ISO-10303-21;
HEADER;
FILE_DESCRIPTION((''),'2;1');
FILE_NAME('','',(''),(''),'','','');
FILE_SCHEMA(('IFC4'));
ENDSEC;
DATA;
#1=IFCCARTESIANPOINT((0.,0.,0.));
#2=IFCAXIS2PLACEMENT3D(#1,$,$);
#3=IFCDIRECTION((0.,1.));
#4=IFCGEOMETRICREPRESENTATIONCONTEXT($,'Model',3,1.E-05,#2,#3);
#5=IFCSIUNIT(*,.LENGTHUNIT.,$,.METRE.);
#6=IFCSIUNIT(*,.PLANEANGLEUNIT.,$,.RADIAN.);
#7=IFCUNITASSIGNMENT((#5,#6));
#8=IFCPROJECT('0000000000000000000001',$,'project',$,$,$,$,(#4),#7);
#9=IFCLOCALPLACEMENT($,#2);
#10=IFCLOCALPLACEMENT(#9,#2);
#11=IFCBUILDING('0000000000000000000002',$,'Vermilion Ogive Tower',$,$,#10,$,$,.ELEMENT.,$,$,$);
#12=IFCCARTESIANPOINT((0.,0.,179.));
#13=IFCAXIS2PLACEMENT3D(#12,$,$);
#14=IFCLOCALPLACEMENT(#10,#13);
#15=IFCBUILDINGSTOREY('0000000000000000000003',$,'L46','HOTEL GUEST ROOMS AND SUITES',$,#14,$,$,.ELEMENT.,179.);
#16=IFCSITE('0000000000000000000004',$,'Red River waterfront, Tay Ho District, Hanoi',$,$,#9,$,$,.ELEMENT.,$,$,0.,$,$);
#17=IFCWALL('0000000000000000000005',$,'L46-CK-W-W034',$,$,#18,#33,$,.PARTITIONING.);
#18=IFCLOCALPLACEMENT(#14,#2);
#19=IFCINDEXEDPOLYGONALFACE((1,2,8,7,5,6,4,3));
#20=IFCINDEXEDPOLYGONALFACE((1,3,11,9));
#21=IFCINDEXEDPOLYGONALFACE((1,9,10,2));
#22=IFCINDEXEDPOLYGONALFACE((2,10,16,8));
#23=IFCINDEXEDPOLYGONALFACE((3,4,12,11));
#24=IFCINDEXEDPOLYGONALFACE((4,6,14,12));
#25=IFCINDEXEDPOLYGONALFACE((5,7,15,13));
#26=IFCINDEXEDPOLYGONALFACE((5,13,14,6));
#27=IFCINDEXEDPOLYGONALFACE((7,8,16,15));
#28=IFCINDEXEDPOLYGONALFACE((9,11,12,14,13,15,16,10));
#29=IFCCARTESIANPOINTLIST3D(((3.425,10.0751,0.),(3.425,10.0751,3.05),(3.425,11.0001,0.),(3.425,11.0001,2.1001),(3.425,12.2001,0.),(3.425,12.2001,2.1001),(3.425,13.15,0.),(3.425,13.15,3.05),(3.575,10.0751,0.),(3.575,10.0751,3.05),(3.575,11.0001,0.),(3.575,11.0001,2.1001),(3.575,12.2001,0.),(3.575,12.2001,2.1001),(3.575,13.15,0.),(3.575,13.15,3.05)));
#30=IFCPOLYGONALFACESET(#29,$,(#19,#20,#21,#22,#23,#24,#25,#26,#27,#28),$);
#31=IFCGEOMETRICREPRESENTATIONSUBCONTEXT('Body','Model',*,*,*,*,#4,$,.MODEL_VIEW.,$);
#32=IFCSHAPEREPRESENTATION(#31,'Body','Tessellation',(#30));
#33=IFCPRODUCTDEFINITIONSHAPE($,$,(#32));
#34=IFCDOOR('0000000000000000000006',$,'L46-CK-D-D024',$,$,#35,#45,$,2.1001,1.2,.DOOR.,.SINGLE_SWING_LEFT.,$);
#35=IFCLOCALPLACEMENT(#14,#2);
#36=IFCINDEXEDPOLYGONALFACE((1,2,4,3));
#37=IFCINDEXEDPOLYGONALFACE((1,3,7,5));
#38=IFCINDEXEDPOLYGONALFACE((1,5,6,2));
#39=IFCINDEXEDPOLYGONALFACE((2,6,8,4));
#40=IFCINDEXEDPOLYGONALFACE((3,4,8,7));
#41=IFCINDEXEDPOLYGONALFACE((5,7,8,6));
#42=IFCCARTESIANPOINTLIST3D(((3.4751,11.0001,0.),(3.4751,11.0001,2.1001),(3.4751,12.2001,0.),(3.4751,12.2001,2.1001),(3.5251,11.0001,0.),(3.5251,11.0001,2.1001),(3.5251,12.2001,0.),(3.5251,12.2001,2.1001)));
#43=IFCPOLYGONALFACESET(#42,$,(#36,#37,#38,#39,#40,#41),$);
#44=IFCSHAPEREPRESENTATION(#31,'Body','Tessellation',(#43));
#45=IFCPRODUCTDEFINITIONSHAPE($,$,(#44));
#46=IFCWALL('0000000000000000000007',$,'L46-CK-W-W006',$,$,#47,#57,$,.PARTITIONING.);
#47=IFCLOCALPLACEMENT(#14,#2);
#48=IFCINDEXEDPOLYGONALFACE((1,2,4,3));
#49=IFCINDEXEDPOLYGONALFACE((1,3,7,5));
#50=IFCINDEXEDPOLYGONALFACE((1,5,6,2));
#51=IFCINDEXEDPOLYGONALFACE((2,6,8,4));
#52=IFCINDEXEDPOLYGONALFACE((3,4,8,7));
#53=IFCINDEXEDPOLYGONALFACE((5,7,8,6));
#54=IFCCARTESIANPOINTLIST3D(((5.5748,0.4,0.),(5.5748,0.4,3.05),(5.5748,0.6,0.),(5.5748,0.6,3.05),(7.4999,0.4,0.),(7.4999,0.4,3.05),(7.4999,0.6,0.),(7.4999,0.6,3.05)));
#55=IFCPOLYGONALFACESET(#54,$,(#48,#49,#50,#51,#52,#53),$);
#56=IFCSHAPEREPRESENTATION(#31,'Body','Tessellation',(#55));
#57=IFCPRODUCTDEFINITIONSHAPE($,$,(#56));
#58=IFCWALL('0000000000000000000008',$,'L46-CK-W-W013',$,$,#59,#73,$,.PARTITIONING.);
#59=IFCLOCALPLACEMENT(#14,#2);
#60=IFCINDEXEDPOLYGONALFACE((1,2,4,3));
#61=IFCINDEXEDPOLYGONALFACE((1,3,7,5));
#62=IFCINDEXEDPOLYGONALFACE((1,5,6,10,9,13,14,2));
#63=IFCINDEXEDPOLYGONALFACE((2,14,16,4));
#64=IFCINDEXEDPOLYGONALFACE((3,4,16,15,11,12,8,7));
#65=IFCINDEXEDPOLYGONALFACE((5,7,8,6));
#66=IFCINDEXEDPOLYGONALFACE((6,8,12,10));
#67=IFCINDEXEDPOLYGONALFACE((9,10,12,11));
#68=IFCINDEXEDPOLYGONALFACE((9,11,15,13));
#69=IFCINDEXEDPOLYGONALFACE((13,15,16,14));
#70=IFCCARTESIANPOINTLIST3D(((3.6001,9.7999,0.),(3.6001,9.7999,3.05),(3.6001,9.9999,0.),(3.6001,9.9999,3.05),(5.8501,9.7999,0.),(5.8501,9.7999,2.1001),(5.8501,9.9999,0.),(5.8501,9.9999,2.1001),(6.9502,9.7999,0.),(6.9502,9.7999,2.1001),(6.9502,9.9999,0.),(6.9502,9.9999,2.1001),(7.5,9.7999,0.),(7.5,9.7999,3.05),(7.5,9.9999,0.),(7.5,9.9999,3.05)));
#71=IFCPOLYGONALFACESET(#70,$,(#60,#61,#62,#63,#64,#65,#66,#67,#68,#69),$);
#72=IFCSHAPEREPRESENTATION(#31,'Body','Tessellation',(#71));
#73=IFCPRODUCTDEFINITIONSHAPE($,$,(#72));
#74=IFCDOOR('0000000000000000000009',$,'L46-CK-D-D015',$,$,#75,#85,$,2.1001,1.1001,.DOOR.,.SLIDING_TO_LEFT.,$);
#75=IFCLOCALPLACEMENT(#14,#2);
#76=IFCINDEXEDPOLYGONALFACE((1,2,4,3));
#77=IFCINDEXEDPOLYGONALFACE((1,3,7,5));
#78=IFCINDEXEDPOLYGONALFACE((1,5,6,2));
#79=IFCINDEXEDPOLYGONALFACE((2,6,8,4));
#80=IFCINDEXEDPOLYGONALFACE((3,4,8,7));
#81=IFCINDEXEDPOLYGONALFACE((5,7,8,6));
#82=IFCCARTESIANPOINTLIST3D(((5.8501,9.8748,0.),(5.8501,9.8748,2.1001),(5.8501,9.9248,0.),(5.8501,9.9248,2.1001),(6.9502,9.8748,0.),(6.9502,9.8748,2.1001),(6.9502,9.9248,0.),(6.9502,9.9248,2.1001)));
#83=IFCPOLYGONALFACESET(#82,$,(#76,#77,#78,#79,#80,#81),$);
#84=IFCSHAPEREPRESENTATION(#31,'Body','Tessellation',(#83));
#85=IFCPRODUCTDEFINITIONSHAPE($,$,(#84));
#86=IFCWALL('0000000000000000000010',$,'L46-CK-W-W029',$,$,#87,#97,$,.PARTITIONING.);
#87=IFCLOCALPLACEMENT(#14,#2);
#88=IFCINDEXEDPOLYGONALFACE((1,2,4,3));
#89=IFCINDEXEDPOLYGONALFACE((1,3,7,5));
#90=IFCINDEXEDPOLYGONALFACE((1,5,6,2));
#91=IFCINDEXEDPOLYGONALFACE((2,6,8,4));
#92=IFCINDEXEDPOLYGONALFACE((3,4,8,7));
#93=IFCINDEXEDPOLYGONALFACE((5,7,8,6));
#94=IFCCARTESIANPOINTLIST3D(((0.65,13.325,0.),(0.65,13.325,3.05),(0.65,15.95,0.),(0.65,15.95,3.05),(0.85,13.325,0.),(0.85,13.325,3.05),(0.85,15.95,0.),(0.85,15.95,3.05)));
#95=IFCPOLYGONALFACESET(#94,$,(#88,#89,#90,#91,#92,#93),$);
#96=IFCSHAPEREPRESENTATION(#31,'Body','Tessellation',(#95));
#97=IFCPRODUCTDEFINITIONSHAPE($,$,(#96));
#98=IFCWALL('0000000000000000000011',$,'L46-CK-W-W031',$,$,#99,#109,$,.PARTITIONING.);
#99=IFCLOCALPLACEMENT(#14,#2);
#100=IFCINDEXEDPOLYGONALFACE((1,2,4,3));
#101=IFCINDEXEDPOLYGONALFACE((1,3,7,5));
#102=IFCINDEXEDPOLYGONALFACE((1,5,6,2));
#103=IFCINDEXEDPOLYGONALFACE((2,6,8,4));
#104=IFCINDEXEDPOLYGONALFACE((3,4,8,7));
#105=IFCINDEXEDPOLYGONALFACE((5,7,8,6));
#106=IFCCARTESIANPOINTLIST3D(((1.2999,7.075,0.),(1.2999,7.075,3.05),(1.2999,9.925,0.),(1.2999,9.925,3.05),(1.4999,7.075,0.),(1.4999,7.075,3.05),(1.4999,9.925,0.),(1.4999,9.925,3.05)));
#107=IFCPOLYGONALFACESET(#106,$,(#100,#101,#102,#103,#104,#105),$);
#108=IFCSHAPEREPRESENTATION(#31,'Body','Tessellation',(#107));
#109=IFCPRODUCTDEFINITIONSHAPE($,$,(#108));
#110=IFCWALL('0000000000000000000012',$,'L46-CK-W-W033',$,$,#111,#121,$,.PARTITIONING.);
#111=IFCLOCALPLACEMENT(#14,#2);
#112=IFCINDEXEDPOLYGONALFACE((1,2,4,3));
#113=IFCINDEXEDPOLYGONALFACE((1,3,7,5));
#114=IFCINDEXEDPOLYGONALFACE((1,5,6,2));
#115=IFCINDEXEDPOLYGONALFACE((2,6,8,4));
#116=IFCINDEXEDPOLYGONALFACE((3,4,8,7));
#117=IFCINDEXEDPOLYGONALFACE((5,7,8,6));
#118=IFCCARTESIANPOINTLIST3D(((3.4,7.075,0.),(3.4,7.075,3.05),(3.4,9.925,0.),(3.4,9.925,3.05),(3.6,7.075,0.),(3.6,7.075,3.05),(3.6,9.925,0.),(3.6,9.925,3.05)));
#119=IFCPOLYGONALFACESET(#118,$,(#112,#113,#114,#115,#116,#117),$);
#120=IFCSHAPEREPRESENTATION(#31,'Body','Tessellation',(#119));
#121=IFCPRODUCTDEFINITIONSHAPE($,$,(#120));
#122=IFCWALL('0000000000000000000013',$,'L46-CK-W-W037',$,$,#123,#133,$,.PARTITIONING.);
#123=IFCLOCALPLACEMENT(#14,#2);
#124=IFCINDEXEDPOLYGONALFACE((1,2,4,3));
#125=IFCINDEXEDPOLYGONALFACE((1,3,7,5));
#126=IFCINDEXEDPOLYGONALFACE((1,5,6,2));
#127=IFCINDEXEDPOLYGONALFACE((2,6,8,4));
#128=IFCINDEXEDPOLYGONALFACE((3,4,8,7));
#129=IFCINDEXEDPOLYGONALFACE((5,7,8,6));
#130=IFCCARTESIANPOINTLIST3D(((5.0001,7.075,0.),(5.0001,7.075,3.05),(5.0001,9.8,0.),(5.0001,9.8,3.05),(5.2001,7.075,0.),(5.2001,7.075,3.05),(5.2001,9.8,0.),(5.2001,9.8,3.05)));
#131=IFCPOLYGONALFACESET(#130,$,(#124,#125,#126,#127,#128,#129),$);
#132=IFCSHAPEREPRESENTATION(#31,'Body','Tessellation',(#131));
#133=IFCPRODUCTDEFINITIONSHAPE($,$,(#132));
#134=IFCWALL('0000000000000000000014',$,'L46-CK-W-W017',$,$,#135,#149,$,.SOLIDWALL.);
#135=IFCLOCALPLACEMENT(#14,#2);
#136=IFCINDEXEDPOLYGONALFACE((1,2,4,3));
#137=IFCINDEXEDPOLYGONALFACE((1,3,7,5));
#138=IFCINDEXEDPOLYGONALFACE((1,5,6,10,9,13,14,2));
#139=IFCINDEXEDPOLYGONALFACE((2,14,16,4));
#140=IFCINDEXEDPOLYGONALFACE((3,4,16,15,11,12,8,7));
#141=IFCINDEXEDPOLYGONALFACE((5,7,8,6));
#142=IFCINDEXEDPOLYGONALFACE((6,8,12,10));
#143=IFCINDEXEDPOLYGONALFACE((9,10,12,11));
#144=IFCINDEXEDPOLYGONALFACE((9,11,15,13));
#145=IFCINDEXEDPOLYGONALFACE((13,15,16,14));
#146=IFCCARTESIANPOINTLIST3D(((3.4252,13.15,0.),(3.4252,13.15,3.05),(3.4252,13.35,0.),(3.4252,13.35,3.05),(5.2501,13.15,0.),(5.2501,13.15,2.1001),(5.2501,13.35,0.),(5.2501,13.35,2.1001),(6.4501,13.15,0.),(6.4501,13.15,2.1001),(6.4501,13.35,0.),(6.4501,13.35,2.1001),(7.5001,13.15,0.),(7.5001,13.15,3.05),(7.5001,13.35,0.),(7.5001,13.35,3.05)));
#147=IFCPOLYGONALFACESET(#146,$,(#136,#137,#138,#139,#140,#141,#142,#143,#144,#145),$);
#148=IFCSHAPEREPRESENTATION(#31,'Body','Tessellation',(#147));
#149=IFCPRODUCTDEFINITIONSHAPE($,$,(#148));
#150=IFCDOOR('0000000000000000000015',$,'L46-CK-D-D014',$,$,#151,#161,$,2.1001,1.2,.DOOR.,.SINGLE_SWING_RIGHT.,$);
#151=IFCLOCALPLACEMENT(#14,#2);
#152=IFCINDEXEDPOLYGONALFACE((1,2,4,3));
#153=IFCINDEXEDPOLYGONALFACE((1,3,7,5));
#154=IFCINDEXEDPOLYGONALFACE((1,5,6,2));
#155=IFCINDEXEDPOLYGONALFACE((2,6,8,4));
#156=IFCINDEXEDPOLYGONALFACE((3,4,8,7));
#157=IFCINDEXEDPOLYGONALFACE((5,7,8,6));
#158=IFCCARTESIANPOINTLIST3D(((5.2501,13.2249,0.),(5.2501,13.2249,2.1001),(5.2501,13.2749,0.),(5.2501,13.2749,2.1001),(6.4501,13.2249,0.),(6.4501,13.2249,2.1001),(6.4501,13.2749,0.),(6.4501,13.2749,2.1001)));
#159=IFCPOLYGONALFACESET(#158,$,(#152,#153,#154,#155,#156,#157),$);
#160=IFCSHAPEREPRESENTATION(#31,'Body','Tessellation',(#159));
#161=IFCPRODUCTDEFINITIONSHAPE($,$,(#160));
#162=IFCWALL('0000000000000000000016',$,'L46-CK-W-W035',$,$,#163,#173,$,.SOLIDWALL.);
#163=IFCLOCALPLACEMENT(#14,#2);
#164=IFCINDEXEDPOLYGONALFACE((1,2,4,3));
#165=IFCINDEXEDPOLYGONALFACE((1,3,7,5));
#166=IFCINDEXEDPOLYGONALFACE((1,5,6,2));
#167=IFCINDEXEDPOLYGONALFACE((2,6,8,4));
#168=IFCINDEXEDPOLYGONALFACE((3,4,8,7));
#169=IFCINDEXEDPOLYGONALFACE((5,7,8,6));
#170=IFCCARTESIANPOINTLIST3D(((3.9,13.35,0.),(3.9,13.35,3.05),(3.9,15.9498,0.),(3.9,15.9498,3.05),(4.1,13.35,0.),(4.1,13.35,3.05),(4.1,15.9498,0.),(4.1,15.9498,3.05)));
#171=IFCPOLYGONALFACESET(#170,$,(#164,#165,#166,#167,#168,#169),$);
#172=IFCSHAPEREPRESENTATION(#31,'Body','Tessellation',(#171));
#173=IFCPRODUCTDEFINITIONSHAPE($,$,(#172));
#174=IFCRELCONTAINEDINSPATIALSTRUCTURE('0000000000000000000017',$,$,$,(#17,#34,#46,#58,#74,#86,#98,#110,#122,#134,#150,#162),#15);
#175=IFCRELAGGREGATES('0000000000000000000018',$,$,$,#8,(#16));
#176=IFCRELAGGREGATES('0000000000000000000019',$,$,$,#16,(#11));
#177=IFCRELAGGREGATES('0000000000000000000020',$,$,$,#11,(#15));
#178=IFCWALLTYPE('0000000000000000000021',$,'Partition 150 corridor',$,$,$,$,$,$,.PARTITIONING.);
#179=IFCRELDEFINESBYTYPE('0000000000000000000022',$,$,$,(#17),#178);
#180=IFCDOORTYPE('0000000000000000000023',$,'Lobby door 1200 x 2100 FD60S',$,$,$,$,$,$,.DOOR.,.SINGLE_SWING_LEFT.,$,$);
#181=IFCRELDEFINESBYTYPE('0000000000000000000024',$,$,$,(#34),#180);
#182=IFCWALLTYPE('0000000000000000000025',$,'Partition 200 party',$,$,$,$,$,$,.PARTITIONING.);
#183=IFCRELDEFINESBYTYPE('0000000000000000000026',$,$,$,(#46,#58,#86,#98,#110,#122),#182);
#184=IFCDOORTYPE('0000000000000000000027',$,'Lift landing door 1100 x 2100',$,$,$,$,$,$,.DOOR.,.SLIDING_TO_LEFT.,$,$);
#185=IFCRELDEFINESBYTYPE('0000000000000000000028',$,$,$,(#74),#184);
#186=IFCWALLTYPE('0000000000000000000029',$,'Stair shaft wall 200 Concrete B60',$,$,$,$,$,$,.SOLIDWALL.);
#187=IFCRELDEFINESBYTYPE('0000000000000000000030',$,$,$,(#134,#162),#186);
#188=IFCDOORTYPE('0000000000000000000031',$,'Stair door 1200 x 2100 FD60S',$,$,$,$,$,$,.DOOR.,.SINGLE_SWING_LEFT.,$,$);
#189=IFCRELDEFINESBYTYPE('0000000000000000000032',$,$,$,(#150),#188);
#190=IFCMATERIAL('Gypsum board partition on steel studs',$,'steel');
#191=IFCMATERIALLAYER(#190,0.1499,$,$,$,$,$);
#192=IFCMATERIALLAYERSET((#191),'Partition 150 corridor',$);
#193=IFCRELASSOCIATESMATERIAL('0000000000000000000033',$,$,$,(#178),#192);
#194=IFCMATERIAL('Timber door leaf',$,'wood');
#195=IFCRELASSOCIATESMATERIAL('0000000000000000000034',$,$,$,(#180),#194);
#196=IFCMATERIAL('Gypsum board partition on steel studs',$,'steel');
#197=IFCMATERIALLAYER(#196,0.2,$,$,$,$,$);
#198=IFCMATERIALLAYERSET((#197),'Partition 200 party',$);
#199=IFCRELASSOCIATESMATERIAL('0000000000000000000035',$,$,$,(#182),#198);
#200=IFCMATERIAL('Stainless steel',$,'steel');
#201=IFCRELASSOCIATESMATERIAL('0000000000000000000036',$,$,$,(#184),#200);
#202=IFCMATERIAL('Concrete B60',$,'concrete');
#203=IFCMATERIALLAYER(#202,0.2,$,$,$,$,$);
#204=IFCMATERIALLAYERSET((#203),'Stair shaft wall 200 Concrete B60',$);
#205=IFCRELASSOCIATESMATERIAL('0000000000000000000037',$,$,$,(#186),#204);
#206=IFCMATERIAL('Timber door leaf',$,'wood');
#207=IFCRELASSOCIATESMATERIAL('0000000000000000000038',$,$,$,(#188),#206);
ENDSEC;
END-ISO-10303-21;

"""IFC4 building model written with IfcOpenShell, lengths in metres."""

from ifc_helpers import new_model, si_unit, direction, frame, frame_2d, origin, place, context, subcontext, project, spatial, rectangle, extrude, material, layer, layer_set, type_object, element, fill, save


model = new_model("IFC4")

# Units and contexts
model_context = context("Model", 3, precision=1e-05, world=origin(), true_north=direction((0.0, 1.0)))
body_context = subcontext(model_context, "Body", "Model", "MODEL_VIEW")
ifc_project = project(units=[si_unit("LENGTHUNIT", "METRE"), si_unit("PLANEANGLEUNIT", "RADIAN")], contexts=[model_context])

# Site, building, storey
site_placement = place(None, origin())
site = spatial("IfcSite", under=ifc_project, at=site_placement, Name="Red River waterfront, Tay Ho District, Hanoi", CompositionType="ELEMENT", RefElevation=0.0)
building_placement = place(site_placement, origin())
building = spatial("IfcBuilding", under=site, at=building_placement, Name="Vermilion Ogive Tower", CompositionType="ELEMENT")
storey_placement = place(building_placement, frame((0.0, 0.0, 179.0)))
storey = spatial("IfcBuildingStorey", under=building, at=storey_placement, Name="L46", Description="HOTEL GUEST ROOMS AND SUITES", CompositionType="ELEMENT", Elevation=179.0)

# Shared definitions
ifc_material_1 = material(Name="Gypsum board partition on steel studs", Category="steel")
ifc_layer_1 = layer(ifc_material_1, 0.1499)
ifc_layer_set_1 = layer_set([ifc_layer_1], Name="Partition 150 corridor")
wall_type_1 = type_object("IfcWallType", Name="Partition 150 corridor", PredefinedType="PARTITIONING", material=ifc_layer_set_1)

# Wall, opening, door
wall_1_placement = place(storey_placement, frame((3.5, 10.075, 0.0), z_axis=(0.0, 0.0, 1.0), x_axis=(0.0, 1.0, 0.0)))
wall_1 = element("IfcWall", 1, at=wall_1_placement, inside=storey, type_object=wall_type_1, Name="L46-CK-W-W034", PredefinedType="PARTITIONING", context=body_context, shape_type="SweptSolid", body=[
    extrude(rectangle(XDim=3.075, YDim=0.1499, at=frame_2d((1.5376, 0.0))), origin(), (0.0, 0.0, 1.0), 3.05),
])
opening_1_placement = place(wall_1_placement, frame((0.925, 0.0, 0.0)))
opening_1 = element("IfcOpeningElement", 2, at=opening_1_placement, cuts=wall_1, PredefinedType="OPENING", context=body_context, shape_type="SweptSolid", body=[
    extrude(rectangle(XDim=1.2, YDim=2.1001, at=frame_2d((0.6001, 1.05))), frame((0.0, 0.085, 0.0), z_axis=(0.0, -1.0, 0.0), x_axis=(1.0, 0.0, 0.0)), (0.0, 0.0, 1.0), 0.1699),
])
ifc_material_2 = material(Name="Timber door leaf", Category="wood")
door_type_1 = type_object("IfcDoorType", Name="Lobby door 1200 x 2100 FD60S", OperationType="SINGLE_SWING_LEFT", PredefinedType="DOOR", material=ifc_material_2)
door_1_placement = place(opening_1_placement, origin())
door_1 = element("IfcDoor", 3, at=door_1_placement, inside=storey, type_object=door_type_1, Name="L46-CK-D-D024", OperationType="SINGLE_SWING_LEFT", OverallHeight=2.1001, OverallWidth=1.2, PredefinedType="DOOR", context=body_context, shape_type="SweptSolid", body=[
    extrude(rectangle(XDim=1.2, YDim=2.1001, at=frame_2d((0.6001, 1.05))), frame((0.0, 0.0249, 0.0), z_axis=(0.0, -1.0, 0.0), x_axis=(1.0, 0.0, 0.0)), (0.0, 0.0, 1.0), 0.05),
])
fill(opening_1, door_1)

# Wall
ifc_material_3 = material(Name="Gypsum board partition on steel studs", Category="steel")
ifc_layer_2 = layer(ifc_material_3, 0.2)
ifc_layer_set_2 = layer_set([ifc_layer_2], Name="Partition 200 party")
wall_type_2 = type_object("IfcWallType", Name="Partition 200 party", PredefinedType="PARTITIONING", material=ifc_layer_set_2)
wall_2_placement = place(storey_placement, frame((5.575, 0.5, 0.0), z_axis=(0.0, 0.0, 1.0), x_axis=(1.0, 0.0, 0.0)))
element("IfcWall", 4, at=wall_2_placement, inside=storey, type_object=wall_type_2, Name="L46-CK-W-W006", PredefinedType="PARTITIONING", context=body_context, shape_type="SweptSolid", body=[
    extrude(rectangle(XDim=1.925, YDim=0.2, at=frame_2d((0.9624, 0.0))), origin(), (0.0, 0.0, 1.0), 3.05),
])

# Wall, opening, door
wall_3_placement = place(storey_placement, frame((3.6001, 9.8999, 0.0), z_axis=(0.0, 0.0, 1.0), x_axis=(1.0, 0.0, 0.0)))
wall_3 = element("IfcWall", 5, at=wall_3_placement, inside=storey, type_object=wall_type_2, Name="L46-CK-W-W013", PredefinedType="PARTITIONING", context=body_context, shape_type="SweptSolid", body=[
    extrude(rectangle(XDim=3.8999, YDim=0.2, at=frame_2d((1.95, 0.0))), origin(), (0.0, 0.0, 1.0), 3.05),
])
opening_2_placement = place(wall_3_placement, frame((2.25, 0.0, 0.0)))
opening_2 = element("IfcOpeningElement", 6, at=opening_2_placement, cuts=wall_3, PredefinedType="OPENING", context=body_context, shape_type="SweptSolid", body=[
    extrude(rectangle(XDim=1.1001, YDim=2.1001, at=frame_2d((0.55, 1.05))), frame((0.0, 0.1099, 0.0), z_axis=(0.0, -1.0, 0.0), x_axis=(1.0, 0.0, 0.0)), (0.0, 0.0, 1.0), 0.22),
])
ifc_material_4 = material(Name="Stainless steel", Category="steel")
door_type_2 = type_object("IfcDoorType", Name="Lift landing door 1100 x 2100", OperationType="SLIDING_TO_LEFT", PredefinedType="DOOR", material=ifc_material_4)
door_2_placement = place(opening_2_placement, origin())
door_2 = element("IfcDoor", 7, at=door_2_placement, inside=storey, type_object=door_type_2, Name="L46-CK-D-D015", OperationType="SLIDING_TO_LEFT", OverallHeight=2.1001, OverallWidth=1.1001, PredefinedType="DOOR", context=body_context, shape_type="SweptSolid", body=[
    extrude(rectangle(XDim=1.1001, YDim=2.1001, at=frame_2d((0.55, 1.05))), frame((0.0, 0.0249, 0.0), z_axis=(0.0, -1.0, 0.0), x_axis=(1.0, 0.0, 0.0)), (0.0, 0.0, 1.0), 0.05),
])
fill(opening_2, door_2)

# Walls
wall_4_placement = place(storey_placement, frame((0.75, 13.325, 0.0), z_axis=(0.0, 0.0, 1.0), x_axis=(0.0, 1.0, 0.0)))
element("IfcWall", 8, at=wall_4_placement, inside=storey, type_object=wall_type_2, Name="L46-CK-W-W029", PredefinedType="PARTITIONING", context=body_context, shape_type="SweptSolid", body=[
    extrude(rectangle(XDim=2.625, YDim=0.2, at=frame_2d((1.3125, 0.0))), origin(), (0.0, 0.0, 1.0), 3.05),
])
for number, where, z_axis, x_axis, name in (
    (9, (1.3999, 7.075, 0.0), (0.0, 0.0, 1.0), (0.0, 1.0, 0.0), "L46-CK-W-W031"),
    (10, (3.5, 7.075, 0.0), (0.0, 0.0, 1.0), (0.0, 1.0, 0.0), "L46-CK-W-W033"),
):
    element("IfcWall", number, at=place(storey_placement, frame(where, z_axis=z_axis, x_axis=x_axis)), inside=storey, type_object=wall_type_2, Name=name, PredefinedType="PARTITIONING", context=body_context, shape_type="SweptSolid", body=[
        extrude(rectangle(XDim=2.8501, YDim=0.2, at=frame_2d((1.425, 0.0))), origin(), (0.0, 0.0, 1.0), 3.05),
    ])
wall_5_placement = place(storey_placement, frame((5.1001, 7.075, 0.0), z_axis=(0.0, 0.0, 1.0), x_axis=(0.0, 1.0, 0.0)))
element("IfcWall", 11, at=wall_5_placement, inside=storey, type_object=wall_type_2, Name="L46-CK-W-W037", PredefinedType="PARTITIONING", context=body_context, shape_type="SweptSolid", body=[
    extrude(rectangle(XDim=2.7251, YDim=0.2, at=frame_2d((1.3625, 0.0))), origin(), (0.0, 0.0, 1.0), 3.05),
])

# Wall, opening, door
ifc_material_5 = material(Name="Concrete B60", Category="concrete")
ifc_layer_3 = layer(ifc_material_5, 0.2)
ifc_layer_set_3 = layer_set([ifc_layer_3], Name="Stair shaft wall 200 Concrete B60")
wall_type_3 = type_object("IfcWallType", Name="Stair shaft wall 200 Concrete B60", PredefinedType="SOLIDWALL", material=ifc_layer_set_3)
wall_6_placement = place(storey_placement, frame((3.425, 13.25, 0.0), z_axis=(0.0, 0.0, 1.0), x_axis=(1.0, 0.0, 0.0)))
wall_6 = element("IfcWall", 12, at=wall_6_placement, inside=storey, type_object=wall_type_3, Name="L46-CK-W-W017", PredefinedType="SOLIDWALL", context=body_context, shape_type="SweptSolid", body=[
    extrude(rectangle(XDim=4.075, YDim=0.2, at=frame_2d((2.0376, 0.0))), origin(), (0.0, 0.0, 1.0), 3.05),
])
opening_3_placement = place(wall_6_placement, frame((1.825, 0.0, 0.0)))
opening_3 = element("IfcOpeningElement", 13, at=opening_3_placement, cuts=wall_6, PredefinedType="OPENING", context=body_context, shape_type="SweptSolid", body=[
    extrude(rectangle(XDim=1.2, YDim=2.1001, at=frame_2d((0.6001, 1.05))), frame((0.0, 0.1099, 0.0), z_axis=(0.0, -1.0, 0.0), x_axis=(1.0, 0.0, 0.0)), (0.0, 0.0, 1.0), 0.22),
])
ifc_material_6 = material(Name="Timber door leaf", Category="wood")
door_type_3 = type_object("IfcDoorType", Name="Stair door 1200 x 2100 FD60S", OperationType="SINGLE_SWING_LEFT", PredefinedType="DOOR", material=ifc_material_6)
door_3_placement = place(opening_3_placement, origin())
door_3 = element("IfcDoor", 14, at=door_3_placement, inside=storey, type_object=door_type_3, Name="L46-CK-D-D014", OperationType="SINGLE_SWING_RIGHT", OverallHeight=2.1001, OverallWidth=1.2, PredefinedType="DOOR", context=body_context, shape_type="SweptSolid", body=[
    extrude(rectangle(XDim=1.2, YDim=2.1001, at=frame_2d((0.6001, 1.05))), frame((0.0, 0.0249, 0.0), z_axis=(0.0, -1.0, 0.0), x_axis=(1.0, 0.0, 0.0)), (0.0, 0.0, 1.0), 0.05),
])
fill(opening_3, door_3)

# Wall
wall_7_placement = place(storey_placement, frame((4.0, 13.3501, 0.0), z_axis=(0.0, 0.0, 1.0), x_axis=(0.0, 1.0, 0.0)))
element("IfcWall", 15, at=wall_7_placement, inside=storey, type_object=wall_type_3, Name="L46-CK-W-W035", PredefinedType="SOLIDWALL", context=body_context, shape_type="SweptSolid", body=[
    extrude(rectangle(XDim=2.5999, YDim=0.2, at=frame_2d((1.2998, 0.0))), origin(), (0.0, 0.0, 1.0), 3.05),
])

save(model, "model.ifc")
